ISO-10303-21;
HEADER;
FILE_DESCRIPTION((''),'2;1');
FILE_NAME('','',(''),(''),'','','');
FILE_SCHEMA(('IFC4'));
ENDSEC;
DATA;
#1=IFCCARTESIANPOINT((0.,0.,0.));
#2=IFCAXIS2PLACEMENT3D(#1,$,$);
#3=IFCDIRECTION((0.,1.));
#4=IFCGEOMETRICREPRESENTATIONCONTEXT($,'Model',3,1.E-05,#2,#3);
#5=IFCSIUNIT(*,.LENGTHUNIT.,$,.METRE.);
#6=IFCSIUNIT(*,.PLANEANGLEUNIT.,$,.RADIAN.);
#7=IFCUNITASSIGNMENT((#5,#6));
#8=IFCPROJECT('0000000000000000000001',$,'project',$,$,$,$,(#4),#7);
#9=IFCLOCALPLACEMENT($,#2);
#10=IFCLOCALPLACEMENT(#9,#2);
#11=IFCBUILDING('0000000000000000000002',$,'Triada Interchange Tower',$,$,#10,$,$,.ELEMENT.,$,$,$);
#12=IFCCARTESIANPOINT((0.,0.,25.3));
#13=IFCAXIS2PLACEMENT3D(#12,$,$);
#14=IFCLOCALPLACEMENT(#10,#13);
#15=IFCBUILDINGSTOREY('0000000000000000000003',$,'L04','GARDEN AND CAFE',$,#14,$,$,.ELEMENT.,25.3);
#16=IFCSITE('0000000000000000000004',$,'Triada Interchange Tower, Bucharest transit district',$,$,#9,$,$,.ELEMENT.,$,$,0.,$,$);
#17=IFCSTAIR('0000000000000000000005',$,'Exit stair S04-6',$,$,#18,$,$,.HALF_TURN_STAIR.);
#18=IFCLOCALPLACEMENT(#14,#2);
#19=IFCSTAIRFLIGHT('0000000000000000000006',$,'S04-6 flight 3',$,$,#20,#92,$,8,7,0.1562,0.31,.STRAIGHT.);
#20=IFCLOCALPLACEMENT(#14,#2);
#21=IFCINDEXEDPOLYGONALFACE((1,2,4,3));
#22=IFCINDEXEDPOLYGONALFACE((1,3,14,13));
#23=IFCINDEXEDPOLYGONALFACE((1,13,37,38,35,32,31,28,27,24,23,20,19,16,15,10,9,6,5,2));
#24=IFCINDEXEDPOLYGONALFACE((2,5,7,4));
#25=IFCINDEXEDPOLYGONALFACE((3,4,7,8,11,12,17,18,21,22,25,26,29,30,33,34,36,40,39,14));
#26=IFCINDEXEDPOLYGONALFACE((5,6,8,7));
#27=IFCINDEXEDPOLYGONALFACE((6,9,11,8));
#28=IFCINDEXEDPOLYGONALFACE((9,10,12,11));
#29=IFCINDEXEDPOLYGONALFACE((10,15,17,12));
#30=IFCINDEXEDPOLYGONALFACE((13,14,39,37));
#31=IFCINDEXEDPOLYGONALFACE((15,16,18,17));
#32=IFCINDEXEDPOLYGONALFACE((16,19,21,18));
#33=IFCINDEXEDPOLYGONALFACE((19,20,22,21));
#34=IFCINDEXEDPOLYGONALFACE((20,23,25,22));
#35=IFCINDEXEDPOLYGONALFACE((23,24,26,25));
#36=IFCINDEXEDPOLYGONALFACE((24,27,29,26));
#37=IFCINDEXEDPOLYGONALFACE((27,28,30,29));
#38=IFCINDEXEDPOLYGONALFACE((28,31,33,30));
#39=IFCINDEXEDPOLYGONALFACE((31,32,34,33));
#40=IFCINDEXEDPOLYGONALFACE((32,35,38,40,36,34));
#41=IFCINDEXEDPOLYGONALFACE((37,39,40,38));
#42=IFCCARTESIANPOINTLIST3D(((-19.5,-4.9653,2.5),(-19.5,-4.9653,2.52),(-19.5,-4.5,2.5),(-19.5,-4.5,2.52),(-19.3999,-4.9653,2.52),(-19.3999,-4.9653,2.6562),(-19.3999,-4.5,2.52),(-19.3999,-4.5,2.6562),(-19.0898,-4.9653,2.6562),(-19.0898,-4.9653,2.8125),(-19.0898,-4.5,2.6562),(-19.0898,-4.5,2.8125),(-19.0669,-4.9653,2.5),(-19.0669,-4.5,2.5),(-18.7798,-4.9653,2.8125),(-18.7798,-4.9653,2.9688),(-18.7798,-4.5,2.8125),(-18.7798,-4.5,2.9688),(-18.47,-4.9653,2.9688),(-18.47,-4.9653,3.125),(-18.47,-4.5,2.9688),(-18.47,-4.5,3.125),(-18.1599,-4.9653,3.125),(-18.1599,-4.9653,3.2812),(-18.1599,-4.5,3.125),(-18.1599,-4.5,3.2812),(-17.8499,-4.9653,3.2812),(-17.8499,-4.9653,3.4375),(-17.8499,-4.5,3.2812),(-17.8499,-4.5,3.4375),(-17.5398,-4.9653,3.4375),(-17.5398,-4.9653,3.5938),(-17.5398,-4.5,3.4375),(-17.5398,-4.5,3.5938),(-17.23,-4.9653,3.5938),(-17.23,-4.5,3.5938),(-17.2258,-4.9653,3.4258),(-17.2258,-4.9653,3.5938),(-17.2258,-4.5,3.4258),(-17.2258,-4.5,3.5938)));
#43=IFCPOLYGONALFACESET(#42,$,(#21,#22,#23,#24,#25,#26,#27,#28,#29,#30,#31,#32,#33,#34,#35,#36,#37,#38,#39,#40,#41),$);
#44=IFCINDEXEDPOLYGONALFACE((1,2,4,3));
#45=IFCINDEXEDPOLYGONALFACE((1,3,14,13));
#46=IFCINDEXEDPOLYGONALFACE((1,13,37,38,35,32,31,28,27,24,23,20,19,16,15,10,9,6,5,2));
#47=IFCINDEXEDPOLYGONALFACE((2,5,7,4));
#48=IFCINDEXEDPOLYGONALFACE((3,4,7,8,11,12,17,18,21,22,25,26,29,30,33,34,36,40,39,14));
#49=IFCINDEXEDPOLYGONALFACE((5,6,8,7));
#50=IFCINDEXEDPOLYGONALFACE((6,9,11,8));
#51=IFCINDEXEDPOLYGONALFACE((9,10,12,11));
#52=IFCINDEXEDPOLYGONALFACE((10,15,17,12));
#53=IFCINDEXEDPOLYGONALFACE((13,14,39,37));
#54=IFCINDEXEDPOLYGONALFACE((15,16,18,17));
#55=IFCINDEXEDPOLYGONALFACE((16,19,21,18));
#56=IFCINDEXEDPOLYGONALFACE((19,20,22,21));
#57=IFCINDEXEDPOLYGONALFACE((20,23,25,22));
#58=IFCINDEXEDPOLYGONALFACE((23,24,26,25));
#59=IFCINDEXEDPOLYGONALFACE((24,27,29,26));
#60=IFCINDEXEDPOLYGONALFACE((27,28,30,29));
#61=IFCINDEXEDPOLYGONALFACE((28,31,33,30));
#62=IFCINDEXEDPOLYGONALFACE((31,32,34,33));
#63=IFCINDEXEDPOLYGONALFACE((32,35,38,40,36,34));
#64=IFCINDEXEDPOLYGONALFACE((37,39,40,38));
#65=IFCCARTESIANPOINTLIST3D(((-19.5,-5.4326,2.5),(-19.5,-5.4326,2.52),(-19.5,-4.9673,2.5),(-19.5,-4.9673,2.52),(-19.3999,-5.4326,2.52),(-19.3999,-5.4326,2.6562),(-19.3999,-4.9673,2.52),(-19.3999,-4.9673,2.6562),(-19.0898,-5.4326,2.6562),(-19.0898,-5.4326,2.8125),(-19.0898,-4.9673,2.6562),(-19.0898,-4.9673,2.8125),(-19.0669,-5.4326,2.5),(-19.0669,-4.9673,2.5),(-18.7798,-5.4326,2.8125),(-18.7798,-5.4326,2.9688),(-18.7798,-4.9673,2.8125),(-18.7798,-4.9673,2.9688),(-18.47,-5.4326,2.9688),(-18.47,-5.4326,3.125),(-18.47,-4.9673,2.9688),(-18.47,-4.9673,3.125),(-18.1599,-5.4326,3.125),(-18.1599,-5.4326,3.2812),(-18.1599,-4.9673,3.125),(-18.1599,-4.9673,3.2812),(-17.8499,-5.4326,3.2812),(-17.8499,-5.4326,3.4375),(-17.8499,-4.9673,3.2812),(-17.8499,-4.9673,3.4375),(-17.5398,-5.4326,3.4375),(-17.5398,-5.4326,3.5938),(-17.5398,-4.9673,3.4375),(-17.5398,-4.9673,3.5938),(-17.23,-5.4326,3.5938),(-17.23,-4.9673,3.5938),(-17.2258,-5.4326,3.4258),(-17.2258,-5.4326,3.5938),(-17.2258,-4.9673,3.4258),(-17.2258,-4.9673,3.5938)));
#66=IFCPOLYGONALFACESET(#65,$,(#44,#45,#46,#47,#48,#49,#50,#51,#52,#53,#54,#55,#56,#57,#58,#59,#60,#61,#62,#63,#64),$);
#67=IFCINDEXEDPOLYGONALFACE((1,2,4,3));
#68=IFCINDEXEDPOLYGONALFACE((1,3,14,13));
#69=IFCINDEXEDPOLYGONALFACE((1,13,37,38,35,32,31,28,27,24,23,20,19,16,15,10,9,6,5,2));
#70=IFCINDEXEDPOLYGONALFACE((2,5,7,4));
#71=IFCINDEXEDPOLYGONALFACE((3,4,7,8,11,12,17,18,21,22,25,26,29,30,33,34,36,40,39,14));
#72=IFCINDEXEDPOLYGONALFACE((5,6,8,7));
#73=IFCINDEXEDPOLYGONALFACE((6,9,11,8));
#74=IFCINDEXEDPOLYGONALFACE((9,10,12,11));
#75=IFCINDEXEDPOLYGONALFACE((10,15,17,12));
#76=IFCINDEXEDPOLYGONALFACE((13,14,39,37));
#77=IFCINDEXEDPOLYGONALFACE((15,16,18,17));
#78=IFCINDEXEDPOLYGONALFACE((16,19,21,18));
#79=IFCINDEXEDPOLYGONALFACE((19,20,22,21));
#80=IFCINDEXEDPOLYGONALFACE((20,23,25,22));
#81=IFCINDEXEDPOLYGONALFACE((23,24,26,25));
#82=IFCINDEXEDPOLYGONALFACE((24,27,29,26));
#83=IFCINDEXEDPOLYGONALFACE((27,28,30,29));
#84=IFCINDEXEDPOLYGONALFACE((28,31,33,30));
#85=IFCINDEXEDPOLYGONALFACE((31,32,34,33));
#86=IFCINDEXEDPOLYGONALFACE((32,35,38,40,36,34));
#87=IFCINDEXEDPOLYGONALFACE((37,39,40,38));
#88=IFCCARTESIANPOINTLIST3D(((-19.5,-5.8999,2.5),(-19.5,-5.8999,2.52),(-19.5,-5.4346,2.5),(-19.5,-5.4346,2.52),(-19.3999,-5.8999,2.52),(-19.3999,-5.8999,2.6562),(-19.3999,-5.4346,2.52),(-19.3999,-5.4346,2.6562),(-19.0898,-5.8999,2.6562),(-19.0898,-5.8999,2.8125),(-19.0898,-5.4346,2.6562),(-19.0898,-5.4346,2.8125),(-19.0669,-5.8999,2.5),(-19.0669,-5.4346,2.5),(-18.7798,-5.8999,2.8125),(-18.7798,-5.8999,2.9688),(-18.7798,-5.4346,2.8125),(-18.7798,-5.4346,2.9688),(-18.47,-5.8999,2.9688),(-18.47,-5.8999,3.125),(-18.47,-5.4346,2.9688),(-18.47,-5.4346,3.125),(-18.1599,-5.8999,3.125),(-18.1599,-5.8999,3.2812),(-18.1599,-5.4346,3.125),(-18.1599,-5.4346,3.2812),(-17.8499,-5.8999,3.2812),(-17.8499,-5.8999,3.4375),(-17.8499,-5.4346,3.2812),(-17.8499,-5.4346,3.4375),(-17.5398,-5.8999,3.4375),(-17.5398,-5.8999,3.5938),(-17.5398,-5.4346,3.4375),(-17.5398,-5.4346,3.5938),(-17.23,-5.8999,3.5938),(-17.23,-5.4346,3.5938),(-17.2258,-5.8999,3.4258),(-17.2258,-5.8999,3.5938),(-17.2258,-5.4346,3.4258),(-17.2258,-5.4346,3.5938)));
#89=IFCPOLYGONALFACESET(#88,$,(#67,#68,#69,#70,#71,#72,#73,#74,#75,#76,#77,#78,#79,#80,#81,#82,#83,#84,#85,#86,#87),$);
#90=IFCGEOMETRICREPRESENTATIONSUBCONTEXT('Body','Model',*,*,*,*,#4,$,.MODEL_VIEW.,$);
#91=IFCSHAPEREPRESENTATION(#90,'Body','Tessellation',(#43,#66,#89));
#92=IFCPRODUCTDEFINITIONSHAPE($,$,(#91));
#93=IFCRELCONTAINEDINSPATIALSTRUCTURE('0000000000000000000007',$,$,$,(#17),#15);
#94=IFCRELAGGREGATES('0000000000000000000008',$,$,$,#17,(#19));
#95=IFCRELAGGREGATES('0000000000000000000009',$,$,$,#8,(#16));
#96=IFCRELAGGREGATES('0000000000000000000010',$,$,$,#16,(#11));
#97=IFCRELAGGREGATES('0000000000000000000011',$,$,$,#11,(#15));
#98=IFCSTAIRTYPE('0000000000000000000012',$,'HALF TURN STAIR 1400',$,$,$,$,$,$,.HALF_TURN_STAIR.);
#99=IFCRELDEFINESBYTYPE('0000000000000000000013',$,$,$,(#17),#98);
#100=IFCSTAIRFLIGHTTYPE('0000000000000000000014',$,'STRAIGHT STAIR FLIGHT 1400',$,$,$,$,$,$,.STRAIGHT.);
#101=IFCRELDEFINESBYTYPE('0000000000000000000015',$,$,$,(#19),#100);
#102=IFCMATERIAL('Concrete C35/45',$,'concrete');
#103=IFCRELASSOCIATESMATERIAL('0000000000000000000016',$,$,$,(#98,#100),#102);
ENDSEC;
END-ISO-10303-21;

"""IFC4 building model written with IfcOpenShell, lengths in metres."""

from ifc_helpers import new_model, si_unit, direction, frame, origin, place, context, subcontext, project, spatial, polyline, outline, extrude, material, type_object, element, aggregate, save


model = new_model("IFC4")

# Units and contexts
model_context = context("Model", 3, precision=1e-05, world=origin(), true_north=direction((0.0, 1.0)))
body_context = subcontext(model_context, "Body", "Model", "MODEL_VIEW")
ifc_project = project(units=[si_unit("LENGTHUNIT", "METRE"), si_unit("PLANEANGLEUNIT", "RADIAN")], contexts=[model_context])

# Site, building, storey
site_placement = place(None, origin())
site = spatial("IfcSite", under=ifc_project, at=site_placement, Name="Triada Interchange Tower, Bucharest transit district", CompositionType="ELEMENT", RefElevation=0.0)
building_placement = place(site_placement, origin())
building = spatial("IfcBuilding", under=site, at=building_placement, Name="Triada Interchange Tower", CompositionType="ELEMENT")
storey_placement = place(building_placement, frame((0.0, 0.0, 25.3)))
storey = spatial("IfcBuildingStorey", under=building, at=storey_placement, Name="L04", Description="GARDEN AND CAFE", CompositionType="ELEMENT", Elevation=25.3)

# Shared definitions
ifc_material_1 = material(Name="Concrete C35/45", Category="concrete")

# Stair, stair flight
stair_type = type_object("IfcStairType", Name="HALF TURN STAIR 1400", PredefinedType="HALF_TURN_STAIR", material=ifc_material_1)
stair_placement = place(storey_placement, origin())
stair = element("IfcStair", 1, at=stair_placement, inside=storey, type_object=stair_type, Name="Exit stair S04-6", PredefinedType="HALF_TURN_STAIR")
stair_flight_type = type_object("IfcStairFlightType", Name="STRAIGHT STAIR FLIGHT 1400", PredefinedType="STRAIGHT", material=ifc_material_1)
stair_flight_1_placement = place(storey_placement, frame((-19.3999, -5.2, 2.5), z_axis=(0.0, 0.0, 1.0), x_axis=(1.0, 0.0, 0.0)))
stair_flight_1 = element("IfcStairFlight", 2, at=stair_flight_1_placement, type_object=stair_flight_type, Name="S04-6 flight 3", NumberOfRisers=8, NumberOfTreads=7, PredefinedType="STRAIGHT", RiserHeight=0.1562, TreadLength=0.31, context=body_context, shape_type="SweptSolid", body=[
    extrude(outline(polyline([(-0.1001, 0.0), (-0.1001, 0.02), (0.0, 0.02), (0.0, 0.1562), (0.3101, 0.1562), (0.3101, 0.3125), (0.6201, 0.3125), (0.6201, 0.4688), (0.9299, 0.4688), (0.9299, 0.625), (1.24, 0.625), (1.24, 0.7812), (1.55, 0.7812), (1.55, 0.9375), (1.8601, 0.9375), (1.8601, 1.0938), (2.1699, 1.0938), (2.1741, 1.0938), (2.1741, 1.25), (2.1741, 0.9258), (0.333, 0.0), (-0.1001, 0.0)])), frame((0.0, 0.7, 0.0), z_axis=(0.0, -1.0, 0.0), x_axis=(1.0, 0.0, 0.0)), (0.0, 0.0, 1.0), 0.4653),
    extrude(outline(polyline([(-0.1001, 0.0), (-0.1001, 0.02), (0.0, 0.02), (0.0, 0.1562), (0.3101, 0.1562), (0.3101, 0.3125), (0.6201, 0.3125), (0.6201, 0.4688), (0.9299, 0.4688), (0.9299, 0.625), (1.24, 0.625), (1.24, 0.7812), (1.55, 0.7812), (1.55, 0.9375), (1.8601, 0.9375), (1.8601, 1.0938), (2.1699, 1.0938), (2.1741, 1.0938), (2.1741, 1.25), (2.1741, 0.9258), (0.333, 0.0), (-0.1001, 0.0)])), frame((0.0, 0.2327, 0.0), z_axis=(0.0, -1.0, 0.0), x_axis=(1.0, 0.0, 0.0)), (0.0, 0.0, 1.0), 0.4653),
    extrude(outline(polyline([(-0.1001, 0.0), (-0.1001, 0.02), (0.0, 0.02), (0.0, 0.1562), (0.3101, 0.1562), (0.3101, 0.3125), (0.6201, 0.3125), (0.6201, 0.4688), (0.9299, 0.4688), (0.9299, 0.625), (1.24, 0.625), (1.24, 0.7812), (1.55, 0.7812), (1.55, 0.9375), (1.8601, 0.9375), (1.8601, 1.0938), (2.1699, 1.0938), (2.1741, 1.0938), (2.1741, 1.25), (2.1741, 0.9258), (0.333, 0.0), (-0.1001, 0.0)])), frame((0.0, -0.2346, 0.0), z_axis=(0.0, -1.0, 0.0), x_axis=(1.0, 0.0, 0.0)), (0.0, 0.0, 1.0), 0.4653),
])
aggregate(stair, [stair_flight_1])

save(model, "model.ifc")
